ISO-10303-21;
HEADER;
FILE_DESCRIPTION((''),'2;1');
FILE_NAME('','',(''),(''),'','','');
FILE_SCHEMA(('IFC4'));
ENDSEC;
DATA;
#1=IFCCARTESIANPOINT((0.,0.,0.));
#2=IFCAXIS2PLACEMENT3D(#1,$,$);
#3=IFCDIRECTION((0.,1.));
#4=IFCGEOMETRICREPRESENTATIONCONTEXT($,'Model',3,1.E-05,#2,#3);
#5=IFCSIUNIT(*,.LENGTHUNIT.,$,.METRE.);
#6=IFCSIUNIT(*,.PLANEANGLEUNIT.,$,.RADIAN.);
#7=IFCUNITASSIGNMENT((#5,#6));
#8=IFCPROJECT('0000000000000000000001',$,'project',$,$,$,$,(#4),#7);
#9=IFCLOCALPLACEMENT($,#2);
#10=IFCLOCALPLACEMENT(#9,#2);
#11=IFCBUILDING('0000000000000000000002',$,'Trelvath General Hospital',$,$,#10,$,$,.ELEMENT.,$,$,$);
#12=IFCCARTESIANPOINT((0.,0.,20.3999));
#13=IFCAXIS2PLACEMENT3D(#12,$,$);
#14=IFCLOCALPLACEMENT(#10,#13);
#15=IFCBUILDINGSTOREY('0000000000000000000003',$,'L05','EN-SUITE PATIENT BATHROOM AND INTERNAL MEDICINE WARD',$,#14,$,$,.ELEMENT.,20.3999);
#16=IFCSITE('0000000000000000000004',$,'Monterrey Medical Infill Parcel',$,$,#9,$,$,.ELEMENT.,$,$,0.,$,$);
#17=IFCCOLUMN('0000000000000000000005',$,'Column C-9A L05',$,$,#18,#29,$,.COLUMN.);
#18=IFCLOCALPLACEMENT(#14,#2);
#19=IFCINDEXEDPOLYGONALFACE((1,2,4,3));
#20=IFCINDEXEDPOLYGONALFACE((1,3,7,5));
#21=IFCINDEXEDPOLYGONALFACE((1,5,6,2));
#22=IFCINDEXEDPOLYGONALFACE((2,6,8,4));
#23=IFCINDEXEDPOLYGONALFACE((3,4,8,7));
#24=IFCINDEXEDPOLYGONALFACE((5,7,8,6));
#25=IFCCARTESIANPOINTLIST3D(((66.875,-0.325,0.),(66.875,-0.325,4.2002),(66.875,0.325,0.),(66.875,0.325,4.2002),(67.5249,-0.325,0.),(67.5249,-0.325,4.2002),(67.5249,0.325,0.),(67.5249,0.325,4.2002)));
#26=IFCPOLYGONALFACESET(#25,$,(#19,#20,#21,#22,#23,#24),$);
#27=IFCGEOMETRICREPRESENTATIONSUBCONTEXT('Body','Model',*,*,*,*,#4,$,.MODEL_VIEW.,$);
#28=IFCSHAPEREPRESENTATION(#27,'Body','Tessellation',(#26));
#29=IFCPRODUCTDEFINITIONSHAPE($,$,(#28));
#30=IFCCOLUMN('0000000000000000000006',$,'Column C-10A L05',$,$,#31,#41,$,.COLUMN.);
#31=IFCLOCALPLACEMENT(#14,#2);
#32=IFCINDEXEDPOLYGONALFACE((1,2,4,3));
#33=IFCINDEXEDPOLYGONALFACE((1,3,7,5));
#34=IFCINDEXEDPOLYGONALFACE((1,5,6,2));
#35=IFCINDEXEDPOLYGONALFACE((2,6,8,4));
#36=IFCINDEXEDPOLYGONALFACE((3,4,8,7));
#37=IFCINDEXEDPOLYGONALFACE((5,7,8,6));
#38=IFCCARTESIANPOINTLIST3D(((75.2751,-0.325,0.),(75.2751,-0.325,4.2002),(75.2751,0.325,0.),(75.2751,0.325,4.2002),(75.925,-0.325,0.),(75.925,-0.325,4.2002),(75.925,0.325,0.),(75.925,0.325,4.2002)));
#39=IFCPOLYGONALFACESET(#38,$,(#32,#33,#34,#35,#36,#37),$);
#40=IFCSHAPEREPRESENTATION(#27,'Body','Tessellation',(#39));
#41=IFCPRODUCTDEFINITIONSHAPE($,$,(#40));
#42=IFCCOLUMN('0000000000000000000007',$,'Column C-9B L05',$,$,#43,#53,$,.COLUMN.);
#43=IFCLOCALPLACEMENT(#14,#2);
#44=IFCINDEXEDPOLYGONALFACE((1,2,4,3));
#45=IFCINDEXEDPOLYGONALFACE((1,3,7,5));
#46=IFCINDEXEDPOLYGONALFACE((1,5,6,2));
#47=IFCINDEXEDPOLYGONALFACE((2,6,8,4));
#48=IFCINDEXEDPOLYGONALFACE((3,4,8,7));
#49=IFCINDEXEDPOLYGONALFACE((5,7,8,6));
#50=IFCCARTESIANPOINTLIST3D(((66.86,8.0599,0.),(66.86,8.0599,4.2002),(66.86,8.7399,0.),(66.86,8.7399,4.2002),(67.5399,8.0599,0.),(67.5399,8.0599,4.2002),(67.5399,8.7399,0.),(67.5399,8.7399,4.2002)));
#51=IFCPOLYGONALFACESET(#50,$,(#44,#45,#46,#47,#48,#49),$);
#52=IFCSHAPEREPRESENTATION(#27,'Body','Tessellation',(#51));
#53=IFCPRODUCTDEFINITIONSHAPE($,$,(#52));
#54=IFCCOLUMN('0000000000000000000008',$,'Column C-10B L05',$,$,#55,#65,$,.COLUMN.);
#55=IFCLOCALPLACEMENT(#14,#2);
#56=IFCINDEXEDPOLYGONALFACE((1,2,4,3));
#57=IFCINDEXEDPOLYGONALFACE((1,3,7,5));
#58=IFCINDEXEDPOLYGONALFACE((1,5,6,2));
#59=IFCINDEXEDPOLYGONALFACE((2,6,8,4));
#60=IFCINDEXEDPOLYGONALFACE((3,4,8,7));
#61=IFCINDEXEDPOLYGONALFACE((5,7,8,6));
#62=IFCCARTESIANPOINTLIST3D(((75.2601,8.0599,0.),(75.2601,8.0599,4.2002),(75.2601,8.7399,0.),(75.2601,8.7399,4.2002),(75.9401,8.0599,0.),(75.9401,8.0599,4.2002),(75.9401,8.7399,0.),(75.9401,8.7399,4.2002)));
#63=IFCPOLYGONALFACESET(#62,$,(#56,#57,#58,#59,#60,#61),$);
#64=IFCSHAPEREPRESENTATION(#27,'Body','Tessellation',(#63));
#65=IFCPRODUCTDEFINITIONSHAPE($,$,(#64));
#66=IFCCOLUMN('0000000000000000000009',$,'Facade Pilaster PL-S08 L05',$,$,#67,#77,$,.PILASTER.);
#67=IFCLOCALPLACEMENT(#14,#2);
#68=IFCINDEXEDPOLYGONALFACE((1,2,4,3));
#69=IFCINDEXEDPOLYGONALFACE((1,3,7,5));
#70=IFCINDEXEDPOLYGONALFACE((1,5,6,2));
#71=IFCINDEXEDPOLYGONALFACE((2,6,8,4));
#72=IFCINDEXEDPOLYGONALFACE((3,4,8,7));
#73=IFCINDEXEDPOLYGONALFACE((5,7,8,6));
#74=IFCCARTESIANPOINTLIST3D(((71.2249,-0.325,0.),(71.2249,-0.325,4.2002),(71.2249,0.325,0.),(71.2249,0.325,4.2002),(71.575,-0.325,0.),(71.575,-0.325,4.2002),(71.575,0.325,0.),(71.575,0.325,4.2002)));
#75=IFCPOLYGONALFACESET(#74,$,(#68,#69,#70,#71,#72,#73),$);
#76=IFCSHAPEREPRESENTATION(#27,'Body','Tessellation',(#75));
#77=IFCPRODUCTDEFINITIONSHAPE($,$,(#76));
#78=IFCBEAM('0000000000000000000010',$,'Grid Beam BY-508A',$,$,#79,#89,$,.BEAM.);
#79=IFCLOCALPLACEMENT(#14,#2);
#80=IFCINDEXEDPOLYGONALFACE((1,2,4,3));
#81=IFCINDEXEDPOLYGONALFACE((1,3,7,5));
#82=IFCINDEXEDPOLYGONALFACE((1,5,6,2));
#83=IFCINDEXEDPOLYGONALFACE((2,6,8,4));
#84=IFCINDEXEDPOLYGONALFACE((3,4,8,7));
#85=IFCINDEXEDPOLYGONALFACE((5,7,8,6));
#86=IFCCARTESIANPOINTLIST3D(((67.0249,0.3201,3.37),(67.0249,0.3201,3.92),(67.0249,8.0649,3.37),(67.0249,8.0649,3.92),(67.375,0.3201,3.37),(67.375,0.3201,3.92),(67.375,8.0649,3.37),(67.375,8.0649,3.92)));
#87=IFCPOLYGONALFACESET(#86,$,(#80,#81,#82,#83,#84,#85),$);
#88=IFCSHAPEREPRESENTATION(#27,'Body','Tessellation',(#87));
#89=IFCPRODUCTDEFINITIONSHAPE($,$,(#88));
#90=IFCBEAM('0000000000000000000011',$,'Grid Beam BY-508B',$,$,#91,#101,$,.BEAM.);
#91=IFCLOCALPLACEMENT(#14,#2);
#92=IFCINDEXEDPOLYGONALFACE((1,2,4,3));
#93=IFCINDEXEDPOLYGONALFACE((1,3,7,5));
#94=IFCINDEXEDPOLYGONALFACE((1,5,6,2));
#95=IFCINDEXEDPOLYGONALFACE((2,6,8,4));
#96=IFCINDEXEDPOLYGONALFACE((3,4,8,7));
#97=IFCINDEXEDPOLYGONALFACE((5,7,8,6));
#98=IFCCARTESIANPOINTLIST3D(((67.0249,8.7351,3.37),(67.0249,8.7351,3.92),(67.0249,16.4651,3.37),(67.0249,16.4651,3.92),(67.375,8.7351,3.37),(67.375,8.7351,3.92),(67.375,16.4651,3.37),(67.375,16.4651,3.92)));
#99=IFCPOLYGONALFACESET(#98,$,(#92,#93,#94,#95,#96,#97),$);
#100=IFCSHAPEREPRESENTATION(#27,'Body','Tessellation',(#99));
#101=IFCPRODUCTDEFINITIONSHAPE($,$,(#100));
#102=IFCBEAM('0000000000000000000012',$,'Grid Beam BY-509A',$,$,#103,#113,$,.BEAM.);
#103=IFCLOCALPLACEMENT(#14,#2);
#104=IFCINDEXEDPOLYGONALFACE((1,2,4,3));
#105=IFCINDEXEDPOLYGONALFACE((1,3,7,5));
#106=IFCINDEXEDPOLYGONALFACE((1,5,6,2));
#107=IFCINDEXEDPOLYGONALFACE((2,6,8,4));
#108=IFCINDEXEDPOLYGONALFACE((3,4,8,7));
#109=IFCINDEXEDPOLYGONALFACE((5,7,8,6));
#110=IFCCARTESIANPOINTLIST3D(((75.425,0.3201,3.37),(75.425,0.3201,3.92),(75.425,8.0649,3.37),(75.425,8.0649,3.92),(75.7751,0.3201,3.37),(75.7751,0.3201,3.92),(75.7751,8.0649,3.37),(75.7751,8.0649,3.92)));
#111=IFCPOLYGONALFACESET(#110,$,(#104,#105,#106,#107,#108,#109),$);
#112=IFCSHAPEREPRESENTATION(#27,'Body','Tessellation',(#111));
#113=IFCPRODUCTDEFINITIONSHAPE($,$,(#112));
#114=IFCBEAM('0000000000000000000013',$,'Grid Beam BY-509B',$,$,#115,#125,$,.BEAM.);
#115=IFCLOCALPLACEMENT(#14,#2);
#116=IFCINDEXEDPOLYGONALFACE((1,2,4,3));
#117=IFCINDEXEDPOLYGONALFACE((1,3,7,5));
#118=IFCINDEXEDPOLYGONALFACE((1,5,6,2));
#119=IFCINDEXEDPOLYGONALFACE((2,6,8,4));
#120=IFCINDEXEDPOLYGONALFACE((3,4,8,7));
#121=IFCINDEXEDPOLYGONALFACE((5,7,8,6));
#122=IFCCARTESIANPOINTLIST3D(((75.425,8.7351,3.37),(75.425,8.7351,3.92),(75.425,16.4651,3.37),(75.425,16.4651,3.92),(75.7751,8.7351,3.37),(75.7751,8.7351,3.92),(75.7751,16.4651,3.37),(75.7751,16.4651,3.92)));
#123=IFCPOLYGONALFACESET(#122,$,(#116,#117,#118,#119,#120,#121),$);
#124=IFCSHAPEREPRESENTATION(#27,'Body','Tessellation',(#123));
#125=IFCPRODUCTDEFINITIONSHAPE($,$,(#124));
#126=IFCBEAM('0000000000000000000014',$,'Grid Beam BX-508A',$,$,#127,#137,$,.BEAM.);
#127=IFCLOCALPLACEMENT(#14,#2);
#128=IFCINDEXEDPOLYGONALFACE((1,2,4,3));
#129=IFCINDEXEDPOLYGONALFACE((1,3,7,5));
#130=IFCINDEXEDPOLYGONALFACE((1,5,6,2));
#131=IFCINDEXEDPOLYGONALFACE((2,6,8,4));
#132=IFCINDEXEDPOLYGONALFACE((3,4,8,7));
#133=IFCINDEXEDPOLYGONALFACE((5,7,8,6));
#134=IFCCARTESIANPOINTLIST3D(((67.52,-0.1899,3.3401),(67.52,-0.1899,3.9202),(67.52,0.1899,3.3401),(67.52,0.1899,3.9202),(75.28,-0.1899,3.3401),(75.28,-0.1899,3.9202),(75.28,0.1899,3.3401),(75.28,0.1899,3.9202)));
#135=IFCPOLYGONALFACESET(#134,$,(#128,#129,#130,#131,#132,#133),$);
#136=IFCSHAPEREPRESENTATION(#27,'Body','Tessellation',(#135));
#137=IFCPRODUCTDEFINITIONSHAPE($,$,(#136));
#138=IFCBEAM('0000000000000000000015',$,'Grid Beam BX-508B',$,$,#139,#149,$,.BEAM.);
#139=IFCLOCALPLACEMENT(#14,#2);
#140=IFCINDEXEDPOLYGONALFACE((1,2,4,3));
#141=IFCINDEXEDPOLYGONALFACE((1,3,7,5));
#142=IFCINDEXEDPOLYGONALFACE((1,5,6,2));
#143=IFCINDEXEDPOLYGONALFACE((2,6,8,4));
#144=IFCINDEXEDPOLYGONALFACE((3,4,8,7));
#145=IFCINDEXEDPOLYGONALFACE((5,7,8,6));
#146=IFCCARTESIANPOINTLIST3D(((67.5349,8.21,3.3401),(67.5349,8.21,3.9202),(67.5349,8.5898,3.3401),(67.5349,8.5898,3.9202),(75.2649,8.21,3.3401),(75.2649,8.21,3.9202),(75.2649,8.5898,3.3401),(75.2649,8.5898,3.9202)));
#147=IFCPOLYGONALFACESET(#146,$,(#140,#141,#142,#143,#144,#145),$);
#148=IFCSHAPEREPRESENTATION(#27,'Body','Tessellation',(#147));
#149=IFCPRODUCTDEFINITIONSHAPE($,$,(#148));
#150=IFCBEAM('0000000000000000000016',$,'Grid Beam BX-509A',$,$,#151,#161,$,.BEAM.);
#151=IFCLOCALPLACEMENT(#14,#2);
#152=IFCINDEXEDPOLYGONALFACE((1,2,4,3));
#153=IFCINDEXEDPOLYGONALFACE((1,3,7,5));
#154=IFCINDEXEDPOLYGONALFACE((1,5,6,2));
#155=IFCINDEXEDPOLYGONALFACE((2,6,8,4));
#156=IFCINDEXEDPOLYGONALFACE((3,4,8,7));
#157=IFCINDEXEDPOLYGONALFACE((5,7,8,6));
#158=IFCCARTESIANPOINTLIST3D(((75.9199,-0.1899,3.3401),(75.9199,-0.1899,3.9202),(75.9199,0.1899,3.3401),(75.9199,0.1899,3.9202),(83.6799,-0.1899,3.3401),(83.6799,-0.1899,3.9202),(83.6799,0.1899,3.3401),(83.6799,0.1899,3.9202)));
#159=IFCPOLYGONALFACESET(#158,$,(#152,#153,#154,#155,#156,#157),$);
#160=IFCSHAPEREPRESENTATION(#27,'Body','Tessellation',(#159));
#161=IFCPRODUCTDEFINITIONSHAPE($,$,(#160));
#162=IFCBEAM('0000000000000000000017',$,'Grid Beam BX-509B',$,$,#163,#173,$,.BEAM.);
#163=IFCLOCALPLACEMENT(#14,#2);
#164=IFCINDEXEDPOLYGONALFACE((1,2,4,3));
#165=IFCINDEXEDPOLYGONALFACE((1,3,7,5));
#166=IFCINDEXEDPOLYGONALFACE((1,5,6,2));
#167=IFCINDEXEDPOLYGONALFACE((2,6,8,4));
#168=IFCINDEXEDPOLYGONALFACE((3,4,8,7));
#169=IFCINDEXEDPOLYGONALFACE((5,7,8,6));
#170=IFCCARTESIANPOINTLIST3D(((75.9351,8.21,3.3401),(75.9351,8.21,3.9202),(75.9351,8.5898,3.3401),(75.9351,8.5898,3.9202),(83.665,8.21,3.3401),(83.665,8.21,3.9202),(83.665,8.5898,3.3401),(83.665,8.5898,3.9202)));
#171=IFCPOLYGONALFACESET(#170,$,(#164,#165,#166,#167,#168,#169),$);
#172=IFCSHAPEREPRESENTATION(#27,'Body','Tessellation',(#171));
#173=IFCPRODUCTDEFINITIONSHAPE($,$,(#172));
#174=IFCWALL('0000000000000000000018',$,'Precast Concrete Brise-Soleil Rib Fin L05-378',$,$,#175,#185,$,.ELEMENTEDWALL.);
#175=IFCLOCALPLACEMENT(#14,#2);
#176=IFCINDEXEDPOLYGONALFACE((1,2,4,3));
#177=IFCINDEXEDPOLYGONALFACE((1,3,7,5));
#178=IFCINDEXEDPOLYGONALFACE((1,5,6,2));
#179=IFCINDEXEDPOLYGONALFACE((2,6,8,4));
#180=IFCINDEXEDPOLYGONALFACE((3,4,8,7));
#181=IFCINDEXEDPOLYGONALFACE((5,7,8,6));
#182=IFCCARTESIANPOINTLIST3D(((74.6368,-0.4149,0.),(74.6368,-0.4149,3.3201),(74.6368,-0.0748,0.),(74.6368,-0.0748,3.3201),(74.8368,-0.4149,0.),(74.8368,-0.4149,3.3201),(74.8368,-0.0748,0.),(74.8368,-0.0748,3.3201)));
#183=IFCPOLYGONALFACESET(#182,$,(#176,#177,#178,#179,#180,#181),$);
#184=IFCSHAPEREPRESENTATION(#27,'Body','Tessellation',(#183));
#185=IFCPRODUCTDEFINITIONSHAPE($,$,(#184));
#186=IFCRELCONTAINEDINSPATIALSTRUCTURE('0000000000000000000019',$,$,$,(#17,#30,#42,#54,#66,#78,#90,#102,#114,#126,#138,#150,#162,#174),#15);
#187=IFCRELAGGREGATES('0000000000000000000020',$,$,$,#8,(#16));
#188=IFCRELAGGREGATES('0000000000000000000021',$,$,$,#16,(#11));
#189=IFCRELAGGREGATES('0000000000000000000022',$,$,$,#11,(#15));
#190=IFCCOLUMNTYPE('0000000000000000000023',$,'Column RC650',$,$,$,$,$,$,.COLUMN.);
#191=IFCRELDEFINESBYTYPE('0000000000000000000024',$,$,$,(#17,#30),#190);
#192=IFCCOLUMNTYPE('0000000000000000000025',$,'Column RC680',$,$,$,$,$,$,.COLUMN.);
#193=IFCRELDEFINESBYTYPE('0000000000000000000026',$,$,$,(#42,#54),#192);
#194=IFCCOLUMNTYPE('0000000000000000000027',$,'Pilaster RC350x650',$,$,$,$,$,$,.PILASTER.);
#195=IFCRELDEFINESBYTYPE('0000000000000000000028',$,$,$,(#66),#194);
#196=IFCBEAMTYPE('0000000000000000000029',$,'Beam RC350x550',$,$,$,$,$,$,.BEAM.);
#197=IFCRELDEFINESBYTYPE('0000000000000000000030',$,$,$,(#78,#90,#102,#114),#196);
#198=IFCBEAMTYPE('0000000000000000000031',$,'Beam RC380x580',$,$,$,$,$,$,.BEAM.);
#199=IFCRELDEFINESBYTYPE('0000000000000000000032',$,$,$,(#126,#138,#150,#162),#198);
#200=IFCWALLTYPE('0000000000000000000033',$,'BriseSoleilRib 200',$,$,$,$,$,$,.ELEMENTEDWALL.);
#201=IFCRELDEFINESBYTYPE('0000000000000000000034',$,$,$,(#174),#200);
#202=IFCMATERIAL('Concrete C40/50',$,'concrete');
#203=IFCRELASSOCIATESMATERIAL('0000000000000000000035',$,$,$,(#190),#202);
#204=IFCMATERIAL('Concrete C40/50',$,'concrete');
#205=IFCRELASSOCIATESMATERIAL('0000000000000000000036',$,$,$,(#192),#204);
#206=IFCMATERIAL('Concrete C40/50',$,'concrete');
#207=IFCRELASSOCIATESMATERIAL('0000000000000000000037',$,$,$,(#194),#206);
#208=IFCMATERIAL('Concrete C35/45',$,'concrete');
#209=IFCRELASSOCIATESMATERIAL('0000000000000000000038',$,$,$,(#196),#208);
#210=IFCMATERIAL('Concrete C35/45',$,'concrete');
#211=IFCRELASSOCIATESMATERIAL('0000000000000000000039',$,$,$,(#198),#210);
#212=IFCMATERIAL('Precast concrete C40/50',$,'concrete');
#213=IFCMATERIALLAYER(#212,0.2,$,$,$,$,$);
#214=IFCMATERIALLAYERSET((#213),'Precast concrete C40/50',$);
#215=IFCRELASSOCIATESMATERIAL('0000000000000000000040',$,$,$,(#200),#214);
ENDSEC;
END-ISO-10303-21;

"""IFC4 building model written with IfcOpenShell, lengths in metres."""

from ifc_helpers import new_model, si_unit, direction, frame, frame_2d, origin, origin_2d, place, context, subcontext, project, spatial, rectangle, extrude, material, layer, layer_set, material_profile, profile_set, type_object, element, save


model = new_model("IFC4")

# Units and contexts
model_context = context("Model", 3, precision=1e-05, world=origin(), true_north=direction((0.0, 1.0)))
body_context = subcontext(model_context, "Body", "Model", "MODEL_VIEW")
ifc_project = project(units=[si_unit("LENGTHUNIT", "METRE"), si_unit("PLANEANGLEUNIT", "RADIAN")], contexts=[model_context])

# Site, building, storey
site_placement = place(None, origin())
site = spatial("IfcSite", under=ifc_project, at=site_placement, Name="Monterrey Medical Infill Parcel", CompositionType="ELEMENT", RefElevation=0.0)
building_placement = place(site_placement, origin())
building = spatial("IfcBuilding", under=site, at=building_placement, Name="Trelvath General Hospital", CompositionType="ELEMENT")
storey_placement = place(building_placement, frame((0.0, 0.0, 20.3999)))
storey = spatial("IfcBuildingStorey", under=building, at=storey_placement, Name="L05", Description="EN-SUITE PATIENT BATHROOM AND INTERNAL MEDICINE WARD", CompositionType="ELEMENT", Elevation=20.3999)

# Columns
ifc_material_1 = material(Name="Concrete C40/50", Category="concrete")
ifc_material_profile_1 = material_profile(ifc_material_1, rectangle(XDim=0.6499, YDim=0.6499, at=origin_2d()), Name="RC650x650")
ifc_profile_set_1 = profile_set([ifc_material_profile_1], Name="Concrete C40/50")
column_type_1 = type_object("IfcColumnType", Name="Column RC650", PredefinedType="COLUMN", material=ifc_profile_set_1)
for number, where, z_axis, x_axis, name in (
    (1, (67.2, 0.0, 0.0), (0.0, 0.0, 1.0), (1.0, 0.0, 0.0), "Column C-9A L05"),
    (2, (75.6001, 0.0, 0.0), (0.0, 0.0, 1.0), (1.0, 0.0, 0.0), "Column C-10A L05"),
):
    element("IfcColumn", number, at=place(storey_placement, frame(where, z_axis=z_axis, x_axis=x_axis)), inside=storey, type_object=column_type_1, Name=name, PredefinedType="COLUMN", context=body_context, shape_type="SweptSolid", body=[
        extrude(rectangle(XDim=0.6499, YDim=0.6499, at=origin_2d()), origin(), (0.0, 0.0, 1.0), 4.2002),
    ])
ifc_material_2 = material(Name="Concrete C40/50", Category="concrete")
ifc_material_profile_2 = material_profile(ifc_material_2, rectangle(XDim=0.6799, YDim=0.6799, at=origin_2d()), Name="RC680x680")
ifc_profile_set_2 = profile_set([ifc_material_profile_2], Name="Concrete C40/50")
column_type_2 = type_object("IfcColumnType", Name="Column RC680", PredefinedType="COLUMN", material=ifc_profile_set_2)
for number, where, z_axis, x_axis, name in (
    (3, (67.2, 8.3999, 0.0), (0.0, 0.0, 1.0), (1.0, 0.0, 0.0), "Column C-9B L05"),
    (4, (75.6001, 8.3999, 0.0), (0.0, 0.0, 1.0), (1.0, 0.0, 0.0), "Column C-10B L05"),
):
    element("IfcColumn", number, at=place(storey_placement, frame(where, z_axis=z_axis, x_axis=x_axis)), inside=storey, type_object=column_type_2, Name=name, PredefinedType="COLUMN", context=body_context, shape_type="SweptSolid", body=[
        extrude(rectangle(XDim=0.6799, YDim=0.6799, at=origin_2d()), origin(), (0.0, 0.0, 1.0), 4.2002),
    ])
ifc_material_3 = material(Name="Concrete C40/50", Category="concrete")
ifc_material_profile_3 = material_profile(ifc_material_3, rectangle(XDim=0.3501, YDim=0.6499, at=origin_2d()), Name="RC350x650")
ifc_profile_set_3 = profile_set([ifc_material_profile_3], Name="Concrete C40/50")
column_type_3 = type_object("IfcColumnType", Name="Pilaster RC350x650", PredefinedType="PILASTER", material=ifc_profile_set_3)
column_placement = place(storey_placement, frame((71.3999, 0.0, 0.0), z_axis=(0.0, 0.0, 1.0), x_axis=(1.0, 0.0, 0.0)))
element("IfcColumn", 5, at=column_placement, inside=storey, type_object=column_type_3, Name="Facade Pilaster PL-S08 L05", PredefinedType="PILASTER", context=body_context, shape_type="SweptSolid", body=[
    extrude(rectangle(XDim=0.3501, YDim=0.6499, at=origin_2d()), origin(), (0.0, 0.0, 1.0), 4.2002),
])

# Beams
ifc_material_4 = material(Name="Concrete C35/45", Category="concrete")
ifc_material_profile_4 = material_profile(ifc_material_4, rectangle(XDim=0.3501, YDim=0.55, at=origin_2d()), Name="RCB350x550")
ifc_profile_set_4 = profile_set([ifc_material_profile_4], Name="Concrete C35/45")
beam_type_1 = type_object("IfcBeamType", Name="Beam RC350x550", PredefinedType="BEAM", material=ifc_profile_set_4)
beam_1_placement = place(storey_placement, frame((67.2, 0.3201, 3.645), z_axis=(0.0, 1.0, 0.0), x_axis=(-1.0, 0.0, 0.0)))
element("IfcBeam", 6, at=beam_1_placement, inside=storey, type_object=beam_type_1, Name="Grid Beam BY-508A", PredefinedType="BEAM", context=body_context, shape_type="SweptSolid", body=[
    extrude(rectangle(XDim=0.3501, YDim=0.55, at=origin_2d()), origin(), (0.0, 0.0, 1.0), 7.7449),
])
beam_2_placement = place(storey_placement, frame((67.2, 8.7351, 3.645), z_axis=(0.0, 1.0, 0.0), x_axis=(-1.0, 0.0, 0.0)))
element("IfcBeam", 7, at=beam_2_placement, inside=storey, type_object=beam_type_1, Name="Grid Beam BY-508B", PredefinedType="BEAM", context=body_context, shape_type="SweptSolid", body=[
    extrude(rectangle(XDim=0.3501, YDim=0.55, at=origin_2d()), origin(), (0.0, 0.0, 1.0), 7.73),
])
beam_3_placement = place(storey_placement, frame((75.6001, 0.3201, 3.645), z_axis=(0.0, 1.0, 0.0), x_axis=(-1.0, 0.0, 0.0)))
element("IfcBeam", 8, at=beam_3_placement, inside=storey, type_object=beam_type_1, Name="Grid Beam BY-509A", PredefinedType="BEAM", context=body_context, shape_type="SweptSolid", body=[
    extrude(rectangle(XDim=0.3501, YDim=0.55, at=origin_2d()), origin(), (0.0, 0.0, 1.0), 7.7449),
])
beam_4_placement = place(storey_placement, frame((75.6001, 8.7351, 3.645), z_axis=(0.0, 1.0, 0.0), x_axis=(-1.0, 0.0, 0.0)))
element("IfcBeam", 9, at=beam_4_placement, inside=storey, type_object=beam_type_1, Name="Grid Beam BY-509B", PredefinedType="BEAM", context=body_context, shape_type="SweptSolid", body=[
    extrude(rectangle(XDim=0.3501, YDim=0.55, at=origin_2d()), origin(), (0.0, 0.0, 1.0), 7.73),
])
ifc_material_5 = material(Name="Concrete C35/45", Category="concrete")
ifc_material_profile_5 = material_profile(ifc_material_5, rectangle(XDim=0.3799, YDim=0.5801, at=origin_2d()), Name="RCB380x580")
ifc_profile_set_5 = profile_set([ifc_material_profile_5], Name="Concrete C35/45")
beam_type_2 = type_object("IfcBeamType", Name="Beam RC380x580", PredefinedType="BEAM", material=ifc_profile_set_5)
beam_5_placement = place(storey_placement, frame((67.52, 0.0, 3.6301), z_axis=(1.0, 0.0, 0.0), x_axis=(0.0, 1.0, 0.0)))
element("IfcBeam", 10, at=beam_5_placement, inside=storey, type_object=beam_type_2, Name="Grid Beam BX-508A", PredefinedType="BEAM", context=body_context, shape_type="SweptSolid", body=[
    extrude(rectangle(XDim=0.3799, YDim=0.5801, at=origin_2d()), origin(), (0.0, 0.0, 1.0), 7.76),
])
beam_6_placement = place(storey_placement, frame((67.5349, 8.3999, 3.6301), z_axis=(1.0, 0.0, 0.0), x_axis=(0.0, 1.0, 0.0)))
element("IfcBeam", 11, at=beam_6_placement, inside=storey, type_object=beam_type_2, Name="Grid Beam BX-508B", PredefinedType="BEAM", context=body_context, shape_type="SweptSolid", body=[
    extrude(rectangle(XDim=0.3799, YDim=0.5801, at=origin_2d()), origin(), (0.0, 0.0, 1.0), 7.73),
])
beam_7_placement = place(storey_placement, frame((75.9199, 0.0, 3.6301), z_axis=(1.0, 0.0, 0.0), x_axis=(0.0, 1.0, 0.0)))
element("IfcBeam", 12, at=beam_7_placement, inside=storey, type_object=beam_type_2, Name="Grid Beam BX-509A", PredefinedType="BEAM", context=body_context, shape_type="SweptSolid", body=[
    extrude(rectangle(XDim=0.3799, YDim=0.5801, at=origin_2d()), origin(), (0.0, 0.0, 1.0), 7.76),
])
beam_8_placement = place(storey_placement, frame((75.9351, 8.3999, 3.6301), z_axis=(1.0, 0.0, 0.0), x_axis=(0.0, 1.0, 0.0)))
element("IfcBeam", 13, at=beam_8_placement, inside=storey, type_object=beam_type_2, Name="Grid Beam BX-509B", PredefinedType="BEAM", context=body_context, shape_type="SweptSolid", body=[
    extrude(rectangle(XDim=0.3799, YDim=0.5801, at=origin_2d()), origin(), (0.0, 0.0, 1.0), 7.73),
])

# Wall
ifc_material_6 = material(Name="Precast concrete C40/50", Category="concrete")
ifc_layer_1 = layer(ifc_material_6, 0.2)
ifc_layer_set_1 = layer_set([ifc_layer_1], Name="Precast concrete C40/50")
wall_type_1 = type_object("IfcWallType", Name="BriseSoleilRib 200", PredefinedType="ELEMENTEDWALL", material=ifc_layer_set_1)
wall_1_placement = place(storey_placement, frame((74.7368, -0.075, 0.0), z_axis=(0.0, 0.0, 1.0), x_axis=(0.0, -1.0, 0.0)))
element("IfcWall", 14, at=wall_1_placement, inside=storey, type_object=wall_type_1, Name="Precast Concrete Brise-Soleil Rib Fin L05-378", PredefinedType="ELEMENTEDWALL", context=body_context, shape_type="SweptSolid", body=[
    extrude(rectangle(XDim=0.3401, YDim=0.2, at=frame_2d((0.1699, 0.0))), origin(), (0.0, 0.0, 1.0), 3.3201),
])

save(model, "model.ifc")
